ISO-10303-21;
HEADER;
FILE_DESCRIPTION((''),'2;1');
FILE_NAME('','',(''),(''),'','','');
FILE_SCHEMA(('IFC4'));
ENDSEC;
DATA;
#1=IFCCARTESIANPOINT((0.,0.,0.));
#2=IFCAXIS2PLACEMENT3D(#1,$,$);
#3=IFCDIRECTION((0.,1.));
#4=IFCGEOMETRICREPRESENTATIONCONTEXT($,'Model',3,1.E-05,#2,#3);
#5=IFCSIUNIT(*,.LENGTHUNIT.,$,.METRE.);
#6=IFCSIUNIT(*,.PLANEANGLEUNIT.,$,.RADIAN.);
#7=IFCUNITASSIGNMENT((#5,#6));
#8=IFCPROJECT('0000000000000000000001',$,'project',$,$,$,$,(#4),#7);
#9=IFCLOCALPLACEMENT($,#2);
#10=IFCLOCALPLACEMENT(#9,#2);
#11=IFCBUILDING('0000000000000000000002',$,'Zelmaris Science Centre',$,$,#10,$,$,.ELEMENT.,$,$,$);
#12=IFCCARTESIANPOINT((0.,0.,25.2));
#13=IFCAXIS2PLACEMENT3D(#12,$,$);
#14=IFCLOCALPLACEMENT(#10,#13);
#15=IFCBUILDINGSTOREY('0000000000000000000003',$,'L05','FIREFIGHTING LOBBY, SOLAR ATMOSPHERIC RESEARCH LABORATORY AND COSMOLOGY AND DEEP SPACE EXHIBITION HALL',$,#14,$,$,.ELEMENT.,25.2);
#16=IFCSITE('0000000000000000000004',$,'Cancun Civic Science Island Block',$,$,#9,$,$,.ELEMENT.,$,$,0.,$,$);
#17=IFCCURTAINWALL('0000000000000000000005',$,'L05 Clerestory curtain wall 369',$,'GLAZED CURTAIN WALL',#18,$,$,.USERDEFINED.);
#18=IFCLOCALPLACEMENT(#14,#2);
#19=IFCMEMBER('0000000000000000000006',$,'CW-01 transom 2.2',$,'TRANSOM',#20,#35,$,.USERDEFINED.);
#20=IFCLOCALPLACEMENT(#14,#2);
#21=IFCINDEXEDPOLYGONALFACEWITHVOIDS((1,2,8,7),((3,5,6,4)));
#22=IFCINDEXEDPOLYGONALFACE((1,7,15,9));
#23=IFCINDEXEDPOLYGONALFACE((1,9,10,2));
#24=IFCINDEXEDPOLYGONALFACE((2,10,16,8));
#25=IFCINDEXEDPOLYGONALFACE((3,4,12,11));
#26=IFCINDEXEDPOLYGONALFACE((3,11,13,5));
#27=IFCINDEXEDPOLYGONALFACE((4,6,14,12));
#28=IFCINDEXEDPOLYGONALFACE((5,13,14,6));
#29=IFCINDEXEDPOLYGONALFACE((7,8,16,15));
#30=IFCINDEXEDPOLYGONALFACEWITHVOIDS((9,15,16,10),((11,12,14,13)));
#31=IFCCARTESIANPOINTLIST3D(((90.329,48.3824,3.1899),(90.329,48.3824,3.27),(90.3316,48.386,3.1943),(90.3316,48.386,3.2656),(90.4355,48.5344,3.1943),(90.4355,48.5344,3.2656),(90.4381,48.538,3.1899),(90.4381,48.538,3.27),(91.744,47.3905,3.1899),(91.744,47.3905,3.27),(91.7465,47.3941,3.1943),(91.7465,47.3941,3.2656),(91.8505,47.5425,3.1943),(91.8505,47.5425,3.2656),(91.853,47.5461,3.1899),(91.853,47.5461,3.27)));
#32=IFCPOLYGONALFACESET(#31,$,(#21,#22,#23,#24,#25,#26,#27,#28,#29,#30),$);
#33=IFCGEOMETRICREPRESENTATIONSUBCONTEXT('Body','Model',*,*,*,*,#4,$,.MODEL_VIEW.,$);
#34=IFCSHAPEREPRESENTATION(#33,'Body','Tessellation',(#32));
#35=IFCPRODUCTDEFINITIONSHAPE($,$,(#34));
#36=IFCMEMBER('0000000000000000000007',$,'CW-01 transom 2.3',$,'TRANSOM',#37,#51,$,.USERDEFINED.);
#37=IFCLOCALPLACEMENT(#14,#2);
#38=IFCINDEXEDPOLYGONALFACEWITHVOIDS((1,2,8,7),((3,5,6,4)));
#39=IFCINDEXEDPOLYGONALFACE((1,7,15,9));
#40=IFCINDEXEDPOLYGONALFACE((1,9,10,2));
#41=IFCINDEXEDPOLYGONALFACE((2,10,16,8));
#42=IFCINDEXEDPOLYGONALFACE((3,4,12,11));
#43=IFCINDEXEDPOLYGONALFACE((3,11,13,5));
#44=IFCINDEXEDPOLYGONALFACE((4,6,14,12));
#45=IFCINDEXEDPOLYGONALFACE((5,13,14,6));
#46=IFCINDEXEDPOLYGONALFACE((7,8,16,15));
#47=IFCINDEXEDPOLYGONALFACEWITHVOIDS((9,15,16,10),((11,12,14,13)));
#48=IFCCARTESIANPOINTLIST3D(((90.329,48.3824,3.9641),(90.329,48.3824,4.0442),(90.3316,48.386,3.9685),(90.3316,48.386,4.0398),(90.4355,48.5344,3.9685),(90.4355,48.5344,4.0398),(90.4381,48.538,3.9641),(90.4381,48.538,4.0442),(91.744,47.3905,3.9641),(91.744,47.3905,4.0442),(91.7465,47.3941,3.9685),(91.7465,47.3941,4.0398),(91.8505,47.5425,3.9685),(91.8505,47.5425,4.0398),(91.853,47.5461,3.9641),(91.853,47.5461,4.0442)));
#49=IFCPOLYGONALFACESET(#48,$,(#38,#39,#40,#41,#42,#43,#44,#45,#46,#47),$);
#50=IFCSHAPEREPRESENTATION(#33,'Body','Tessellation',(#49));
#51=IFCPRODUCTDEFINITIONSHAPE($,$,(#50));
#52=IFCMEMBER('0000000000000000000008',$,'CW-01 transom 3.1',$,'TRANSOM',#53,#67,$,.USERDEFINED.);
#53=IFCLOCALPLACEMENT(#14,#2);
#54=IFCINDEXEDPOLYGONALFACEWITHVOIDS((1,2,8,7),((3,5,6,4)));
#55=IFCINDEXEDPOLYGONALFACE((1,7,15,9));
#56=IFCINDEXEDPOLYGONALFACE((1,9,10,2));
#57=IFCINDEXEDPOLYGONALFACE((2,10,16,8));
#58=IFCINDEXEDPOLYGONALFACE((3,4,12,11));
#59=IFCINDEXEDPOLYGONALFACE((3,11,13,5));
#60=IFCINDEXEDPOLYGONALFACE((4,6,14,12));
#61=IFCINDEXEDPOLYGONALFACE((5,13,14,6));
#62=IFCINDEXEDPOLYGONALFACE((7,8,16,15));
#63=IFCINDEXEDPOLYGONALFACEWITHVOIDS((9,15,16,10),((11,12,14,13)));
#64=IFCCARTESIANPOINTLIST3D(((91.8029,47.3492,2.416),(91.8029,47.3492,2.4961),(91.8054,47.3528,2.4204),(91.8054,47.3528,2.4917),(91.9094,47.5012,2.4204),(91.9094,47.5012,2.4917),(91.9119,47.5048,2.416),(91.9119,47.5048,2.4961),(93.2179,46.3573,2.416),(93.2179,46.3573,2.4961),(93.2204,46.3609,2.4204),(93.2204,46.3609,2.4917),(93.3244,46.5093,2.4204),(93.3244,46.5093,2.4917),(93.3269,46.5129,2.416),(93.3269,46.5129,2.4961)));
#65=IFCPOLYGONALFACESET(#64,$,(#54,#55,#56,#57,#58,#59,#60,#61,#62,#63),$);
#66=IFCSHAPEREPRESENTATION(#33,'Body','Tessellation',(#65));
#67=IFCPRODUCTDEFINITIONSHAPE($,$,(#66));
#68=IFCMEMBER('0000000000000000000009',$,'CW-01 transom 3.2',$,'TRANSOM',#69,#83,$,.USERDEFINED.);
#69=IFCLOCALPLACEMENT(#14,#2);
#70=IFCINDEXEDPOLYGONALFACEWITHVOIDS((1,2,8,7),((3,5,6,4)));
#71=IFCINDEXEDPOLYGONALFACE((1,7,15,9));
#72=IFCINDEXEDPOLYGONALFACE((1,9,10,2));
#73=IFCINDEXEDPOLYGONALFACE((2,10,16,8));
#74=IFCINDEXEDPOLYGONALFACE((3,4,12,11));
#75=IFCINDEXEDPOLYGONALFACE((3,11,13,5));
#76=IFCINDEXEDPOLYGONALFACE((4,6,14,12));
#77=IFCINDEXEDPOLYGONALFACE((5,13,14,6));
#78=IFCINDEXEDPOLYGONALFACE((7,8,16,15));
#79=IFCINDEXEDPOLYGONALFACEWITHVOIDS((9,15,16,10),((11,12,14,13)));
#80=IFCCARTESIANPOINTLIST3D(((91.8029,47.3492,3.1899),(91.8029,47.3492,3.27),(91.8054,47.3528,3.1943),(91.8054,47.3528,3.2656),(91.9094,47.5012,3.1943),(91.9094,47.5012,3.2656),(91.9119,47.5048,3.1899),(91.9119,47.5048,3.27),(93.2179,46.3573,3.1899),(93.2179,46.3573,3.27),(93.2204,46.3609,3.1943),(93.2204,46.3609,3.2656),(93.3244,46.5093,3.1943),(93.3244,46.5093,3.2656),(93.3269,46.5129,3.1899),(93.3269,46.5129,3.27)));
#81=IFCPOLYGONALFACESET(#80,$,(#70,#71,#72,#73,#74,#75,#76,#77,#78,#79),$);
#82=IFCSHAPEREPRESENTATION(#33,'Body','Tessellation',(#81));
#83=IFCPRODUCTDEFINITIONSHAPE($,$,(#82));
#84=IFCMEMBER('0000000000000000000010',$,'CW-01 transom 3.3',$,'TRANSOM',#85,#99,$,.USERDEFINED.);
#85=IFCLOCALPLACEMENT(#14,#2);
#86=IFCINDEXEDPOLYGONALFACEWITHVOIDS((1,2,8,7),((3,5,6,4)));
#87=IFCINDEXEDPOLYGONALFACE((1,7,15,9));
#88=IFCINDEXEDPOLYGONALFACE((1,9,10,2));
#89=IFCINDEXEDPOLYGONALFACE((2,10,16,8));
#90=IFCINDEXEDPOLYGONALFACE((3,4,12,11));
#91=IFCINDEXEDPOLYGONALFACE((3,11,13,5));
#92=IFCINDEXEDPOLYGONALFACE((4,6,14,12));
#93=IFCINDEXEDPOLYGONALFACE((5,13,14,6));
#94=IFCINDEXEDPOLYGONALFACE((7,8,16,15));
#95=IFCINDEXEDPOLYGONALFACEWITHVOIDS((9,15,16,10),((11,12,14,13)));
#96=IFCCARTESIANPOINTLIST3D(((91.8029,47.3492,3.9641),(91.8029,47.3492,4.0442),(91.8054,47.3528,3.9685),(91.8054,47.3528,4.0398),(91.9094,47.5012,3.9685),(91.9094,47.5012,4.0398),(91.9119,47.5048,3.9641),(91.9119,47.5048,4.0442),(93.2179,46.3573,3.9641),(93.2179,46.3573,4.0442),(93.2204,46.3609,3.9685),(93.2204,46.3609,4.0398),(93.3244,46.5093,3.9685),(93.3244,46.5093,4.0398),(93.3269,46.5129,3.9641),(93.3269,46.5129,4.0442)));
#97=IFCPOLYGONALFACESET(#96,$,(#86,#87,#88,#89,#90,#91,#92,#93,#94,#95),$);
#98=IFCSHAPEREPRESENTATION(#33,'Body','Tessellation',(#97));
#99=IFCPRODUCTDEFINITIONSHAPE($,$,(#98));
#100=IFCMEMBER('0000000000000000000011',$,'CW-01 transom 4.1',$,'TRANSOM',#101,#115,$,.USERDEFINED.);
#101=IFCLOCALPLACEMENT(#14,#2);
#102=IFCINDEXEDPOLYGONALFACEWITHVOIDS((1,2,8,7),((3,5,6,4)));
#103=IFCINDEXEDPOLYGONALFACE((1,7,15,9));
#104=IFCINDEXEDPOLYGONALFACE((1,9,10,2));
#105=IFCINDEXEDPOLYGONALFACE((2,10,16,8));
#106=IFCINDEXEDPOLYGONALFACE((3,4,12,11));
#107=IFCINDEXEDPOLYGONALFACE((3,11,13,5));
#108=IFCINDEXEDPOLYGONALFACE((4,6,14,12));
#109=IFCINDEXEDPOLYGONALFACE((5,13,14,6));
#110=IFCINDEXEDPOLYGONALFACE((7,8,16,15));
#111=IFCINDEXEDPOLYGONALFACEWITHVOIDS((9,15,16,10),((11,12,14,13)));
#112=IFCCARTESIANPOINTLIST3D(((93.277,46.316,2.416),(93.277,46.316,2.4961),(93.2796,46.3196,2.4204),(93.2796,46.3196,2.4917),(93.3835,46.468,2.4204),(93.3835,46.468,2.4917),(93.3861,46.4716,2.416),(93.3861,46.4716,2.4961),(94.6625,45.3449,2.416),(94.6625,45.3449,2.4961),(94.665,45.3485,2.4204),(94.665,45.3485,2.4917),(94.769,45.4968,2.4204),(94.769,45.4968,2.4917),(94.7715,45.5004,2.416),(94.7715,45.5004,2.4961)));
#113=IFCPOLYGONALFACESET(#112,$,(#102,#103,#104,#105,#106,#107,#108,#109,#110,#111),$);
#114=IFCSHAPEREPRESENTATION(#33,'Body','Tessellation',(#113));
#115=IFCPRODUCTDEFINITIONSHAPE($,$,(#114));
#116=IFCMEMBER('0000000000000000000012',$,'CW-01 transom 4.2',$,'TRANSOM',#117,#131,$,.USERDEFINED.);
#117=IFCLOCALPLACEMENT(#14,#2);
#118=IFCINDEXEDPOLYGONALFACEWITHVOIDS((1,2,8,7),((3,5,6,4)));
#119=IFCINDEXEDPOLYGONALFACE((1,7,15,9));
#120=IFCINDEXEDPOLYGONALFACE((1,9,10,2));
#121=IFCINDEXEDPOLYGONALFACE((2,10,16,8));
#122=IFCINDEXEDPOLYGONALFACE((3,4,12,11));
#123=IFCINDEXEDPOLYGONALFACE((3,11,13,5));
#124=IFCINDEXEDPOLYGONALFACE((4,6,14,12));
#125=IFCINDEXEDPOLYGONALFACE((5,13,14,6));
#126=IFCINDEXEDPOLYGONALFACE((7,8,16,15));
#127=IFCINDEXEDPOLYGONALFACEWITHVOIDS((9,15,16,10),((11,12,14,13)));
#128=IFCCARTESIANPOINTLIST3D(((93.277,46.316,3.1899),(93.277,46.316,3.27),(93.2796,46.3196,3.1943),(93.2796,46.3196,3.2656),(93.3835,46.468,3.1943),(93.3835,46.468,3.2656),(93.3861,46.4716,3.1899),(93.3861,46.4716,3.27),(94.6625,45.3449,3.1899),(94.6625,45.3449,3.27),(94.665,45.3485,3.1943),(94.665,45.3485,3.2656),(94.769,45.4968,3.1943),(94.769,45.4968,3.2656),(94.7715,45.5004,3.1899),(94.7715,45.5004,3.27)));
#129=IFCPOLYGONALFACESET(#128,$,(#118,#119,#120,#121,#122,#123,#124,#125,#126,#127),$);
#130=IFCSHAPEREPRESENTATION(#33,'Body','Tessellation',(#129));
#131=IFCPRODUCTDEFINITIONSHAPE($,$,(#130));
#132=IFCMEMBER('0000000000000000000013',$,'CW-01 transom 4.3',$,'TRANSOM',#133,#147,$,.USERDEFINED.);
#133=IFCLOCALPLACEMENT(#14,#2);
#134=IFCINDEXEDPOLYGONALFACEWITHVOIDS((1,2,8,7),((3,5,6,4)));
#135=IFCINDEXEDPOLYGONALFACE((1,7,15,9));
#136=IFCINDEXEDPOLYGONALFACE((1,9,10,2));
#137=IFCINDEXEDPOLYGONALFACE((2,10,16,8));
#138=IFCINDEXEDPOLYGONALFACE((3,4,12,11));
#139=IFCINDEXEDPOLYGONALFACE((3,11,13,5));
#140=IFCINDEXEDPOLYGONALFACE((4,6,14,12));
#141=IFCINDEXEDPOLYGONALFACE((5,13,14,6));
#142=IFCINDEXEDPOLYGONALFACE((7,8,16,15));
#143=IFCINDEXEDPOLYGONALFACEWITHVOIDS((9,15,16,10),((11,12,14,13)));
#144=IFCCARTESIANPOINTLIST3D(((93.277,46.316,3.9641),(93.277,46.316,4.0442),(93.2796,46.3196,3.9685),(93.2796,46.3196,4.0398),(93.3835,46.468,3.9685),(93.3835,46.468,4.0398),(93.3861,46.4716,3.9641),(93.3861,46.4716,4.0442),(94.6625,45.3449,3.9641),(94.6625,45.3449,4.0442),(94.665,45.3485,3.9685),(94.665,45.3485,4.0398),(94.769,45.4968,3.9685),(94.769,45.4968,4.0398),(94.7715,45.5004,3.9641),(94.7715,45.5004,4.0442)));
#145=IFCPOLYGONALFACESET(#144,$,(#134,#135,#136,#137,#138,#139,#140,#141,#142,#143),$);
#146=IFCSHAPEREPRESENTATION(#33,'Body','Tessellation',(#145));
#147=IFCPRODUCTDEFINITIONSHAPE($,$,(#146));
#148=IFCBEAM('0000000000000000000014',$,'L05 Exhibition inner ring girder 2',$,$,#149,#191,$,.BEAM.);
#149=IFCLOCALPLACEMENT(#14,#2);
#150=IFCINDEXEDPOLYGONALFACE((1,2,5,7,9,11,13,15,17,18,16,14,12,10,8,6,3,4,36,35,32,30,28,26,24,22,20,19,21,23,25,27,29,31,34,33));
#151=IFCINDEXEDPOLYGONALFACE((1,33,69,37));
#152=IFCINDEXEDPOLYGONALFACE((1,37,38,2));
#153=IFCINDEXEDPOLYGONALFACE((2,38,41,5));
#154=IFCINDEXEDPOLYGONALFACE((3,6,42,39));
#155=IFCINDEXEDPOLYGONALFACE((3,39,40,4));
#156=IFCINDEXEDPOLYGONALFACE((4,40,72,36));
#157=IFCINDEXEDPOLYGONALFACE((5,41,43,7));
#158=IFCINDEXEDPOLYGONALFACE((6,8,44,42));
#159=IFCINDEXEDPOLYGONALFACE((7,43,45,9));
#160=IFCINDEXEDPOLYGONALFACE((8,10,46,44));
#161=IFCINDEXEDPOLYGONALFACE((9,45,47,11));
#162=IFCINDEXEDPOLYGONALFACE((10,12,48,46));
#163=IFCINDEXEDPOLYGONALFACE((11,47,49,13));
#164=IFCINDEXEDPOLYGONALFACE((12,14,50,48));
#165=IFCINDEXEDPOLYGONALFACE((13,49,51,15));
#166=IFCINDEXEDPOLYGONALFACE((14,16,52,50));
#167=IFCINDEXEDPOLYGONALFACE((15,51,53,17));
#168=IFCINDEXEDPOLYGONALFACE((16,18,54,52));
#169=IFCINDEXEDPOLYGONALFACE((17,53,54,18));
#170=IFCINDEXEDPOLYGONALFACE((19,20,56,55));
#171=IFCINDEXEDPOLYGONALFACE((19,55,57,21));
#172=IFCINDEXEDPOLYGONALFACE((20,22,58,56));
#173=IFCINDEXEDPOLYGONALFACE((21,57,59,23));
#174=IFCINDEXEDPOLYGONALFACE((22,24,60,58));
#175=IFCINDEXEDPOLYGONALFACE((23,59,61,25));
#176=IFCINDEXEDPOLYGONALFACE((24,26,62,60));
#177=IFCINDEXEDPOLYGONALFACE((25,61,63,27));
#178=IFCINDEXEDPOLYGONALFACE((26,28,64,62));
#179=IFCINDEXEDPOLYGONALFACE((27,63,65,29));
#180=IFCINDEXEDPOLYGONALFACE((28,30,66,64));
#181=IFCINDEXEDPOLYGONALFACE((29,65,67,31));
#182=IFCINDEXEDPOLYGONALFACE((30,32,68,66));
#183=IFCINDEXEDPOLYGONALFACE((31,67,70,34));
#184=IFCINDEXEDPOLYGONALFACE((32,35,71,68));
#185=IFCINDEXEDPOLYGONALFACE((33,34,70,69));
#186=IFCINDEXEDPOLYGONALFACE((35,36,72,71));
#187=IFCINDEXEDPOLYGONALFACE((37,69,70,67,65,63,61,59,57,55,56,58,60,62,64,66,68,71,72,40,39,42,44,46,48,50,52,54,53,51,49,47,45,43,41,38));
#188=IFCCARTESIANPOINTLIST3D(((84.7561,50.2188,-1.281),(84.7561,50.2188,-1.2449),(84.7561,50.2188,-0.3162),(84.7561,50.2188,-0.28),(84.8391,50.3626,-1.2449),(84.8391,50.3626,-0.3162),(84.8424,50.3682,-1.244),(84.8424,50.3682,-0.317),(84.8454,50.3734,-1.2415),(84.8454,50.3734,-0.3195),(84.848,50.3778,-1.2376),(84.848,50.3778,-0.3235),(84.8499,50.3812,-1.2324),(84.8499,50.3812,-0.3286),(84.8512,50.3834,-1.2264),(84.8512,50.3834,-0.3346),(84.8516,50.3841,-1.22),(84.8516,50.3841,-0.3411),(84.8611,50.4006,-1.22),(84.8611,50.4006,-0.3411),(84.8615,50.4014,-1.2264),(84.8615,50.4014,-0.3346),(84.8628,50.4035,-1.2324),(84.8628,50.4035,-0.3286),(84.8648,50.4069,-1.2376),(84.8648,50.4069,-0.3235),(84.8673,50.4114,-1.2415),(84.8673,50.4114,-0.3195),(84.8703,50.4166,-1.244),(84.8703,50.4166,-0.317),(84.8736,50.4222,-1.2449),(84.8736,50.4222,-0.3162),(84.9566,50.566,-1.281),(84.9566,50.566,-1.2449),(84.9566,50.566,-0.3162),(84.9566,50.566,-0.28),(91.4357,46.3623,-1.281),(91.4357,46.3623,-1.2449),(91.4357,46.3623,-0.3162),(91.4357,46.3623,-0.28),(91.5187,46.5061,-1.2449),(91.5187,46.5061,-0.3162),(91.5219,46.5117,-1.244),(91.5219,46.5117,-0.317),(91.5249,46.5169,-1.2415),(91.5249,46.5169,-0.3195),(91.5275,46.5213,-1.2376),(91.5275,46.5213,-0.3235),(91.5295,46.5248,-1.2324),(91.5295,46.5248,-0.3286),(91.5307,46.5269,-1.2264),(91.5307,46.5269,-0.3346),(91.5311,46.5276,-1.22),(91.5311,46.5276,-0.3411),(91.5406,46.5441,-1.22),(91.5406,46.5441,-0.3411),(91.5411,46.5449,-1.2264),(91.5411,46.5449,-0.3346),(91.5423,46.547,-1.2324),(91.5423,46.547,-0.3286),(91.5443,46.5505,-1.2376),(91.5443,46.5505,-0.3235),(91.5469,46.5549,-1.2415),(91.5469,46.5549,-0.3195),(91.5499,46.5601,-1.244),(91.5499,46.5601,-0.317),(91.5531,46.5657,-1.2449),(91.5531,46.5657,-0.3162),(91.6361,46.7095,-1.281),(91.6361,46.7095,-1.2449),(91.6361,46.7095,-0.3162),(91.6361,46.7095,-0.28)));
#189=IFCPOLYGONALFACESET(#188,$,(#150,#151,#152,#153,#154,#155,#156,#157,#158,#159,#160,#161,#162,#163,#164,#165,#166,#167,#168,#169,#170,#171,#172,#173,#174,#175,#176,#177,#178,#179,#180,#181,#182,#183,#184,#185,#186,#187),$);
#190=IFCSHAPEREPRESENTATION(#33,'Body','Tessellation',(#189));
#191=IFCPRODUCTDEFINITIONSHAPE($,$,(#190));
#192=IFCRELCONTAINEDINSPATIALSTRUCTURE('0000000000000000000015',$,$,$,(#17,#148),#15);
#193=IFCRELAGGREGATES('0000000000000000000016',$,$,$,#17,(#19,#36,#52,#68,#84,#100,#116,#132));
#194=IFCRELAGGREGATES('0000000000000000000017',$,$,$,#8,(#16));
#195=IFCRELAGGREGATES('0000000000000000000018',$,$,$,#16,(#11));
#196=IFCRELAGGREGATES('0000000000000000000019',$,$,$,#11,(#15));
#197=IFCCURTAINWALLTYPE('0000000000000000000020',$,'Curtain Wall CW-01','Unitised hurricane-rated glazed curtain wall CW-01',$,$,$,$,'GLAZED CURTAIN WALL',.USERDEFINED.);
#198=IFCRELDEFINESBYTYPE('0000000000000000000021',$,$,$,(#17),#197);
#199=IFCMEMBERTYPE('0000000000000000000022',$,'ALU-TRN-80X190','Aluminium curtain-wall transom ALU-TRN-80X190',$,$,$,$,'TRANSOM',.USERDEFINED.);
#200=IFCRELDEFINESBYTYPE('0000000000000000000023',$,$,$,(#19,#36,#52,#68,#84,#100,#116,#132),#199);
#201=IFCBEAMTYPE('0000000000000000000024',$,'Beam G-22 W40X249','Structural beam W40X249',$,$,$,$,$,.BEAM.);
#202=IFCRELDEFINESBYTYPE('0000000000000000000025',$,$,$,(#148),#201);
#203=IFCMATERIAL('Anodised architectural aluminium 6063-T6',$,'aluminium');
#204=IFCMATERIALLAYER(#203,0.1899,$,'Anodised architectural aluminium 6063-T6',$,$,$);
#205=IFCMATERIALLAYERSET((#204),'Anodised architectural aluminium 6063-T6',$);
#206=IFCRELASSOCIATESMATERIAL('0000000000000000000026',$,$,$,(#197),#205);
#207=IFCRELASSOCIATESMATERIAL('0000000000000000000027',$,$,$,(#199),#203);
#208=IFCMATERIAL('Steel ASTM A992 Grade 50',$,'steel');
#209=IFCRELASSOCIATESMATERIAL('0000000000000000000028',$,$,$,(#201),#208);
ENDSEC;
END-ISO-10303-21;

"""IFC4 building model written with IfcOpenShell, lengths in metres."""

from ifc_helpers import new_model, si_unit, direction, frame, origin, origin_2d, place, context, subcontext, project, spatial, hollow_rectangle, i_section, extrude, material, layer, layer_set, material_profile, profile_set, type_object, element, aggregate, save


model = new_model("IFC4")

# Units and contexts
model_context = context("Model", 3, precision=1e-05, world=origin(), true_north=direction((0.0, 1.0)))
body_context = subcontext(model_context, "Body", "Model", "MODEL_VIEW")
ifc_project = project(units=[si_unit("LENGTHUNIT", "METRE"), si_unit("PLANEANGLEUNIT", "RADIAN")], contexts=[model_context])

# Site, building, storey
site_placement = place(None, origin())
site = spatial("IfcSite", under=ifc_project, at=site_placement, Name="Cancun Civic Science Island Block", CompositionType="ELEMENT", RefElevation=0.0)
building_placement = place(site_placement, origin())
building = spatial("IfcBuilding", under=site, at=building_placement, Name="Zelmaris Science Centre", CompositionType="ELEMENT")
storey_placement = place(building_placement, frame((0.0, 0.0, 25.2)))
storey = spatial("IfcBuildingStorey", under=building, at=storey_placement, Name="L05", Description="FIREFIGHTING LOBBY, SOLAR ATMOSPHERIC RESEARCH LABORATORY AND COSMOLOGY AND DEEP SPACE EXHIBITION HALL", CompositionType="ELEMENT", Elevation=25.2)

# Shared definitions
ifc_material_1 = material(Name="Steel ASTM A992 Grade 50", Category="steel")

# Curtain wall, members
ifc_material_2 = material(Name="Anodised architectural aluminium 6063-T6", Category="aluminium")
ifc_layer_1 = layer(ifc_material_2, 0.1899, Name="Anodised architectural aluminium 6063-T6")
ifc_layer_set_1 = layer_set([ifc_layer_1], Name="Anodised architectural aluminium 6063-T6")
curtain_wall_type = type_object("IfcCurtainWallType", Name="Curtain Wall CW-01", Description="Unitised hurricane-rated glazed curtain wall CW-01", ElementType="GLAZED CURTAIN WALL", PredefinedType="USERDEFINED", material=ifc_layer_set_1)
curtain_wall_placement = place(storey_placement, origin())
curtain_wall = element("IfcCurtainWall", 1, at=curtain_wall_placement, inside=storey, type_object=curtain_wall_type, Name="L05 Clerestory curtain wall 369", ObjectType="GLAZED CURTAIN WALL", PredefinedType="USERDEFINED")
ifc_material_profile_1 = material_profile(ifc_material_2, hollow_rectangle(XDim=0.0801, YDim=0.1899, WallThickness=0.0044, at=origin_2d()), Name="ALU-TRN-80X190")
ifc_profile_set_1 = profile_set([ifc_material_profile_1], Name="Anodised architectural aluminium 6063-T6")
member_type_1 = type_object("IfcMemberType", Name="ALU-TRN-80X190", Description="Aluminium curtain-wall transom ALU-TRN-80X190", ElementType="TRANSOM", PredefinedType="USERDEFINED", material=ifc_profile_set_1)
member_1_placement = place(storey_placement, frame((90.3835, 48.4602, 3.23), z_axis=(0.818847, -0.574012, 0.0), x_axis=(0.0, 0.0, 1.0)))
member_1 = element("IfcMember", 2, at=member_1_placement, type_object=member_type_1, Name="CW-01 transom 2.2", ObjectType="TRANSOM", PredefinedType="USERDEFINED", context=body_context, shape_type="SweptSolid", body=[
    extrude(hollow_rectangle(XDim=0.0801, YDim=0.1899, WallThickness=0.0044, at=origin_2d()), origin(), (0.0, 0.0, 1.0), 1.728),
])
member_2_placement = place(storey_placement, frame((90.3835, 48.4602, 4.0042), z_axis=(0.818847, -0.574012, 0.0), x_axis=(0.0, 0.0, 1.0)))
member_2 = element("IfcMember", 3, at=member_2_placement, type_object=member_type_1, Name="CW-01 transom 2.3", ObjectType="TRANSOM", PredefinedType="USERDEFINED", context=body_context, shape_type="SweptSolid", body=[
    extrude(hollow_rectangle(XDim=0.0801, YDim=0.1899, WallThickness=0.0044, at=origin_2d()), origin(), (0.0, 0.0, 1.0), 1.728),
])
member_3_placement = place(storey_placement, frame((91.8574, 47.427, 2.4561), z_axis=(0.818847, -0.574012, 0.0), x_axis=(0.0, 0.0, 1.0)))
member_3 = element("IfcMember", 4, at=member_3_placement, type_object=member_type_1, Name="CW-01 transom 3.1", ObjectType="TRANSOM", PredefinedType="USERDEFINED", context=body_context, shape_type="SweptSolid", body=[
    extrude(hollow_rectangle(XDim=0.0801, YDim=0.1899, WallThickness=0.0044, at=origin_2d()), origin(), (0.0, 0.0, 1.0), 1.728),
])
member_4_placement = place(storey_placement, frame((91.8574, 47.427, 3.23), z_axis=(0.818847, -0.574012, 0.0), x_axis=(0.0, 0.0, 1.0)))
member_4 = element("IfcMember", 5, at=member_4_placement, type_object=member_type_1, Name="CW-01 transom 3.2", ObjectType="TRANSOM", PredefinedType="USERDEFINED", context=body_context, shape_type="SweptSolid", body=[
    extrude(hollow_rectangle(XDim=0.0801, YDim=0.1899, WallThickness=0.0044, at=origin_2d()), origin(), (0.0, 0.0, 1.0), 1.728),
])
member_5_placement = place(storey_placement, frame((91.8574, 47.427, 4.0042), z_axis=(0.818847, -0.574012, 0.0), x_axis=(0.0, 0.0, 1.0)))
member_5 = element("IfcMember", 6, at=member_5_placement, type_object=member_type_1, Name="CW-01 transom 3.3", ObjectType="TRANSOM", PredefinedType="USERDEFINED", context=body_context, shape_type="SweptSolid", body=[
    extrude(hollow_rectangle(XDim=0.0801, YDim=0.1899, WallThickness=0.0044, at=origin_2d()), origin(), (0.0, 0.0, 1.0), 1.728),
])
member_6_placement = place(storey_placement, frame((93.3315, 46.3938, 2.4561), z_axis=(0.818859, -0.573995, 0.0), x_axis=(0.0, 0.0, 1.0)))
member_6 = element("IfcMember", 7, at=member_6_placement, type_object=member_type_1, Name="CW-01 transom 4.1", ObjectType="TRANSOM", PredefinedType="USERDEFINED", context=body_context, shape_type="SweptSolid", body=[
    extrude(hollow_rectangle(XDim=0.0801, YDim=0.1899, WallThickness=0.0044, at=origin_2d()), origin(), (0.0, 0.0, 1.0), 1.6919),
])
member_7_placement = place(storey_placement, frame((93.3315, 46.3938, 3.23), z_axis=(0.818859, -0.573995, 0.0), x_axis=(0.0, 0.0, 1.0)))
member_7 = element("IfcMember", 8, at=member_7_placement, type_object=member_type_1, Name="CW-01 transom 4.2", ObjectType="TRANSOM", PredefinedType="USERDEFINED", context=body_context, shape_type="SweptSolid", body=[
    extrude(hollow_rectangle(XDim=0.0801, YDim=0.1899, WallThickness=0.0044, at=origin_2d()), origin(), (0.0, 0.0, 1.0), 1.6919),
])
member_8_placement = place(storey_placement, frame((93.3315, 46.3938, 4.0042), z_axis=(0.818859, -0.573995, 0.0), x_axis=(0.0, 0.0, 1.0)))
member_8 = element("IfcMember", 9, at=member_8_placement, type_object=member_type_1, Name="CW-01 transom 4.3", ObjectType="TRANSOM", PredefinedType="USERDEFINED", context=body_context, shape_type="SweptSolid", body=[
    extrude(hollow_rectangle(XDim=0.0801, YDim=0.1899, WallThickness=0.0044, at=origin_2d()), origin(), (0.0, 0.0, 1.0), 1.6919),
])

# Beam
ifc_material_profile_2 = material_profile(ifc_material_1, i_section(OverallWidth=0.4009, OverallDepth=1.001, WebThickness=0.019, FlangeThickness=0.0361, FilletRadius=0.0249, at=origin_2d()), Name="W40X249")
ifc_profile_set_2 = profile_set([ifc_material_profile_2], Name="Steel ASTM A992 Grade 50")
beam_type_1 = type_object("IfcBeamType", Name="Beam G-22 W40X249", Description="Structural beam W40X249", PredefinedType="BEAM", material=ifc_profile_set_2)
beam_1_placement = place(storey_placement, frame((91.5359, 46.5359, -0.7805), z_axis=(-0.866022, 0.500007, 0.0), x_axis=(-0.500007, -0.866022, 0.0)))
element("IfcBeam", 10, at=beam_1_placement, inside=storey, type_object=beam_type_1, Name="L05 Exhibition inner ring girder 2", PredefinedType="BEAM", context=body_context, shape_type="SweptSolid", body=[
    extrude(i_section(OverallWidth=0.4009, OverallDepth=1.001, WebThickness=0.019, FlangeThickness=0.0361, FilletRadius=0.0249, at=origin_2d()), origin(), (0.0, 0.0, 1.0), 7.7129),
])

aggregate(curtain_wall, [member_1, member_2, member_3, member_4, member_5, member_6, member_7, member_8])

save(model, "model.ifc")
